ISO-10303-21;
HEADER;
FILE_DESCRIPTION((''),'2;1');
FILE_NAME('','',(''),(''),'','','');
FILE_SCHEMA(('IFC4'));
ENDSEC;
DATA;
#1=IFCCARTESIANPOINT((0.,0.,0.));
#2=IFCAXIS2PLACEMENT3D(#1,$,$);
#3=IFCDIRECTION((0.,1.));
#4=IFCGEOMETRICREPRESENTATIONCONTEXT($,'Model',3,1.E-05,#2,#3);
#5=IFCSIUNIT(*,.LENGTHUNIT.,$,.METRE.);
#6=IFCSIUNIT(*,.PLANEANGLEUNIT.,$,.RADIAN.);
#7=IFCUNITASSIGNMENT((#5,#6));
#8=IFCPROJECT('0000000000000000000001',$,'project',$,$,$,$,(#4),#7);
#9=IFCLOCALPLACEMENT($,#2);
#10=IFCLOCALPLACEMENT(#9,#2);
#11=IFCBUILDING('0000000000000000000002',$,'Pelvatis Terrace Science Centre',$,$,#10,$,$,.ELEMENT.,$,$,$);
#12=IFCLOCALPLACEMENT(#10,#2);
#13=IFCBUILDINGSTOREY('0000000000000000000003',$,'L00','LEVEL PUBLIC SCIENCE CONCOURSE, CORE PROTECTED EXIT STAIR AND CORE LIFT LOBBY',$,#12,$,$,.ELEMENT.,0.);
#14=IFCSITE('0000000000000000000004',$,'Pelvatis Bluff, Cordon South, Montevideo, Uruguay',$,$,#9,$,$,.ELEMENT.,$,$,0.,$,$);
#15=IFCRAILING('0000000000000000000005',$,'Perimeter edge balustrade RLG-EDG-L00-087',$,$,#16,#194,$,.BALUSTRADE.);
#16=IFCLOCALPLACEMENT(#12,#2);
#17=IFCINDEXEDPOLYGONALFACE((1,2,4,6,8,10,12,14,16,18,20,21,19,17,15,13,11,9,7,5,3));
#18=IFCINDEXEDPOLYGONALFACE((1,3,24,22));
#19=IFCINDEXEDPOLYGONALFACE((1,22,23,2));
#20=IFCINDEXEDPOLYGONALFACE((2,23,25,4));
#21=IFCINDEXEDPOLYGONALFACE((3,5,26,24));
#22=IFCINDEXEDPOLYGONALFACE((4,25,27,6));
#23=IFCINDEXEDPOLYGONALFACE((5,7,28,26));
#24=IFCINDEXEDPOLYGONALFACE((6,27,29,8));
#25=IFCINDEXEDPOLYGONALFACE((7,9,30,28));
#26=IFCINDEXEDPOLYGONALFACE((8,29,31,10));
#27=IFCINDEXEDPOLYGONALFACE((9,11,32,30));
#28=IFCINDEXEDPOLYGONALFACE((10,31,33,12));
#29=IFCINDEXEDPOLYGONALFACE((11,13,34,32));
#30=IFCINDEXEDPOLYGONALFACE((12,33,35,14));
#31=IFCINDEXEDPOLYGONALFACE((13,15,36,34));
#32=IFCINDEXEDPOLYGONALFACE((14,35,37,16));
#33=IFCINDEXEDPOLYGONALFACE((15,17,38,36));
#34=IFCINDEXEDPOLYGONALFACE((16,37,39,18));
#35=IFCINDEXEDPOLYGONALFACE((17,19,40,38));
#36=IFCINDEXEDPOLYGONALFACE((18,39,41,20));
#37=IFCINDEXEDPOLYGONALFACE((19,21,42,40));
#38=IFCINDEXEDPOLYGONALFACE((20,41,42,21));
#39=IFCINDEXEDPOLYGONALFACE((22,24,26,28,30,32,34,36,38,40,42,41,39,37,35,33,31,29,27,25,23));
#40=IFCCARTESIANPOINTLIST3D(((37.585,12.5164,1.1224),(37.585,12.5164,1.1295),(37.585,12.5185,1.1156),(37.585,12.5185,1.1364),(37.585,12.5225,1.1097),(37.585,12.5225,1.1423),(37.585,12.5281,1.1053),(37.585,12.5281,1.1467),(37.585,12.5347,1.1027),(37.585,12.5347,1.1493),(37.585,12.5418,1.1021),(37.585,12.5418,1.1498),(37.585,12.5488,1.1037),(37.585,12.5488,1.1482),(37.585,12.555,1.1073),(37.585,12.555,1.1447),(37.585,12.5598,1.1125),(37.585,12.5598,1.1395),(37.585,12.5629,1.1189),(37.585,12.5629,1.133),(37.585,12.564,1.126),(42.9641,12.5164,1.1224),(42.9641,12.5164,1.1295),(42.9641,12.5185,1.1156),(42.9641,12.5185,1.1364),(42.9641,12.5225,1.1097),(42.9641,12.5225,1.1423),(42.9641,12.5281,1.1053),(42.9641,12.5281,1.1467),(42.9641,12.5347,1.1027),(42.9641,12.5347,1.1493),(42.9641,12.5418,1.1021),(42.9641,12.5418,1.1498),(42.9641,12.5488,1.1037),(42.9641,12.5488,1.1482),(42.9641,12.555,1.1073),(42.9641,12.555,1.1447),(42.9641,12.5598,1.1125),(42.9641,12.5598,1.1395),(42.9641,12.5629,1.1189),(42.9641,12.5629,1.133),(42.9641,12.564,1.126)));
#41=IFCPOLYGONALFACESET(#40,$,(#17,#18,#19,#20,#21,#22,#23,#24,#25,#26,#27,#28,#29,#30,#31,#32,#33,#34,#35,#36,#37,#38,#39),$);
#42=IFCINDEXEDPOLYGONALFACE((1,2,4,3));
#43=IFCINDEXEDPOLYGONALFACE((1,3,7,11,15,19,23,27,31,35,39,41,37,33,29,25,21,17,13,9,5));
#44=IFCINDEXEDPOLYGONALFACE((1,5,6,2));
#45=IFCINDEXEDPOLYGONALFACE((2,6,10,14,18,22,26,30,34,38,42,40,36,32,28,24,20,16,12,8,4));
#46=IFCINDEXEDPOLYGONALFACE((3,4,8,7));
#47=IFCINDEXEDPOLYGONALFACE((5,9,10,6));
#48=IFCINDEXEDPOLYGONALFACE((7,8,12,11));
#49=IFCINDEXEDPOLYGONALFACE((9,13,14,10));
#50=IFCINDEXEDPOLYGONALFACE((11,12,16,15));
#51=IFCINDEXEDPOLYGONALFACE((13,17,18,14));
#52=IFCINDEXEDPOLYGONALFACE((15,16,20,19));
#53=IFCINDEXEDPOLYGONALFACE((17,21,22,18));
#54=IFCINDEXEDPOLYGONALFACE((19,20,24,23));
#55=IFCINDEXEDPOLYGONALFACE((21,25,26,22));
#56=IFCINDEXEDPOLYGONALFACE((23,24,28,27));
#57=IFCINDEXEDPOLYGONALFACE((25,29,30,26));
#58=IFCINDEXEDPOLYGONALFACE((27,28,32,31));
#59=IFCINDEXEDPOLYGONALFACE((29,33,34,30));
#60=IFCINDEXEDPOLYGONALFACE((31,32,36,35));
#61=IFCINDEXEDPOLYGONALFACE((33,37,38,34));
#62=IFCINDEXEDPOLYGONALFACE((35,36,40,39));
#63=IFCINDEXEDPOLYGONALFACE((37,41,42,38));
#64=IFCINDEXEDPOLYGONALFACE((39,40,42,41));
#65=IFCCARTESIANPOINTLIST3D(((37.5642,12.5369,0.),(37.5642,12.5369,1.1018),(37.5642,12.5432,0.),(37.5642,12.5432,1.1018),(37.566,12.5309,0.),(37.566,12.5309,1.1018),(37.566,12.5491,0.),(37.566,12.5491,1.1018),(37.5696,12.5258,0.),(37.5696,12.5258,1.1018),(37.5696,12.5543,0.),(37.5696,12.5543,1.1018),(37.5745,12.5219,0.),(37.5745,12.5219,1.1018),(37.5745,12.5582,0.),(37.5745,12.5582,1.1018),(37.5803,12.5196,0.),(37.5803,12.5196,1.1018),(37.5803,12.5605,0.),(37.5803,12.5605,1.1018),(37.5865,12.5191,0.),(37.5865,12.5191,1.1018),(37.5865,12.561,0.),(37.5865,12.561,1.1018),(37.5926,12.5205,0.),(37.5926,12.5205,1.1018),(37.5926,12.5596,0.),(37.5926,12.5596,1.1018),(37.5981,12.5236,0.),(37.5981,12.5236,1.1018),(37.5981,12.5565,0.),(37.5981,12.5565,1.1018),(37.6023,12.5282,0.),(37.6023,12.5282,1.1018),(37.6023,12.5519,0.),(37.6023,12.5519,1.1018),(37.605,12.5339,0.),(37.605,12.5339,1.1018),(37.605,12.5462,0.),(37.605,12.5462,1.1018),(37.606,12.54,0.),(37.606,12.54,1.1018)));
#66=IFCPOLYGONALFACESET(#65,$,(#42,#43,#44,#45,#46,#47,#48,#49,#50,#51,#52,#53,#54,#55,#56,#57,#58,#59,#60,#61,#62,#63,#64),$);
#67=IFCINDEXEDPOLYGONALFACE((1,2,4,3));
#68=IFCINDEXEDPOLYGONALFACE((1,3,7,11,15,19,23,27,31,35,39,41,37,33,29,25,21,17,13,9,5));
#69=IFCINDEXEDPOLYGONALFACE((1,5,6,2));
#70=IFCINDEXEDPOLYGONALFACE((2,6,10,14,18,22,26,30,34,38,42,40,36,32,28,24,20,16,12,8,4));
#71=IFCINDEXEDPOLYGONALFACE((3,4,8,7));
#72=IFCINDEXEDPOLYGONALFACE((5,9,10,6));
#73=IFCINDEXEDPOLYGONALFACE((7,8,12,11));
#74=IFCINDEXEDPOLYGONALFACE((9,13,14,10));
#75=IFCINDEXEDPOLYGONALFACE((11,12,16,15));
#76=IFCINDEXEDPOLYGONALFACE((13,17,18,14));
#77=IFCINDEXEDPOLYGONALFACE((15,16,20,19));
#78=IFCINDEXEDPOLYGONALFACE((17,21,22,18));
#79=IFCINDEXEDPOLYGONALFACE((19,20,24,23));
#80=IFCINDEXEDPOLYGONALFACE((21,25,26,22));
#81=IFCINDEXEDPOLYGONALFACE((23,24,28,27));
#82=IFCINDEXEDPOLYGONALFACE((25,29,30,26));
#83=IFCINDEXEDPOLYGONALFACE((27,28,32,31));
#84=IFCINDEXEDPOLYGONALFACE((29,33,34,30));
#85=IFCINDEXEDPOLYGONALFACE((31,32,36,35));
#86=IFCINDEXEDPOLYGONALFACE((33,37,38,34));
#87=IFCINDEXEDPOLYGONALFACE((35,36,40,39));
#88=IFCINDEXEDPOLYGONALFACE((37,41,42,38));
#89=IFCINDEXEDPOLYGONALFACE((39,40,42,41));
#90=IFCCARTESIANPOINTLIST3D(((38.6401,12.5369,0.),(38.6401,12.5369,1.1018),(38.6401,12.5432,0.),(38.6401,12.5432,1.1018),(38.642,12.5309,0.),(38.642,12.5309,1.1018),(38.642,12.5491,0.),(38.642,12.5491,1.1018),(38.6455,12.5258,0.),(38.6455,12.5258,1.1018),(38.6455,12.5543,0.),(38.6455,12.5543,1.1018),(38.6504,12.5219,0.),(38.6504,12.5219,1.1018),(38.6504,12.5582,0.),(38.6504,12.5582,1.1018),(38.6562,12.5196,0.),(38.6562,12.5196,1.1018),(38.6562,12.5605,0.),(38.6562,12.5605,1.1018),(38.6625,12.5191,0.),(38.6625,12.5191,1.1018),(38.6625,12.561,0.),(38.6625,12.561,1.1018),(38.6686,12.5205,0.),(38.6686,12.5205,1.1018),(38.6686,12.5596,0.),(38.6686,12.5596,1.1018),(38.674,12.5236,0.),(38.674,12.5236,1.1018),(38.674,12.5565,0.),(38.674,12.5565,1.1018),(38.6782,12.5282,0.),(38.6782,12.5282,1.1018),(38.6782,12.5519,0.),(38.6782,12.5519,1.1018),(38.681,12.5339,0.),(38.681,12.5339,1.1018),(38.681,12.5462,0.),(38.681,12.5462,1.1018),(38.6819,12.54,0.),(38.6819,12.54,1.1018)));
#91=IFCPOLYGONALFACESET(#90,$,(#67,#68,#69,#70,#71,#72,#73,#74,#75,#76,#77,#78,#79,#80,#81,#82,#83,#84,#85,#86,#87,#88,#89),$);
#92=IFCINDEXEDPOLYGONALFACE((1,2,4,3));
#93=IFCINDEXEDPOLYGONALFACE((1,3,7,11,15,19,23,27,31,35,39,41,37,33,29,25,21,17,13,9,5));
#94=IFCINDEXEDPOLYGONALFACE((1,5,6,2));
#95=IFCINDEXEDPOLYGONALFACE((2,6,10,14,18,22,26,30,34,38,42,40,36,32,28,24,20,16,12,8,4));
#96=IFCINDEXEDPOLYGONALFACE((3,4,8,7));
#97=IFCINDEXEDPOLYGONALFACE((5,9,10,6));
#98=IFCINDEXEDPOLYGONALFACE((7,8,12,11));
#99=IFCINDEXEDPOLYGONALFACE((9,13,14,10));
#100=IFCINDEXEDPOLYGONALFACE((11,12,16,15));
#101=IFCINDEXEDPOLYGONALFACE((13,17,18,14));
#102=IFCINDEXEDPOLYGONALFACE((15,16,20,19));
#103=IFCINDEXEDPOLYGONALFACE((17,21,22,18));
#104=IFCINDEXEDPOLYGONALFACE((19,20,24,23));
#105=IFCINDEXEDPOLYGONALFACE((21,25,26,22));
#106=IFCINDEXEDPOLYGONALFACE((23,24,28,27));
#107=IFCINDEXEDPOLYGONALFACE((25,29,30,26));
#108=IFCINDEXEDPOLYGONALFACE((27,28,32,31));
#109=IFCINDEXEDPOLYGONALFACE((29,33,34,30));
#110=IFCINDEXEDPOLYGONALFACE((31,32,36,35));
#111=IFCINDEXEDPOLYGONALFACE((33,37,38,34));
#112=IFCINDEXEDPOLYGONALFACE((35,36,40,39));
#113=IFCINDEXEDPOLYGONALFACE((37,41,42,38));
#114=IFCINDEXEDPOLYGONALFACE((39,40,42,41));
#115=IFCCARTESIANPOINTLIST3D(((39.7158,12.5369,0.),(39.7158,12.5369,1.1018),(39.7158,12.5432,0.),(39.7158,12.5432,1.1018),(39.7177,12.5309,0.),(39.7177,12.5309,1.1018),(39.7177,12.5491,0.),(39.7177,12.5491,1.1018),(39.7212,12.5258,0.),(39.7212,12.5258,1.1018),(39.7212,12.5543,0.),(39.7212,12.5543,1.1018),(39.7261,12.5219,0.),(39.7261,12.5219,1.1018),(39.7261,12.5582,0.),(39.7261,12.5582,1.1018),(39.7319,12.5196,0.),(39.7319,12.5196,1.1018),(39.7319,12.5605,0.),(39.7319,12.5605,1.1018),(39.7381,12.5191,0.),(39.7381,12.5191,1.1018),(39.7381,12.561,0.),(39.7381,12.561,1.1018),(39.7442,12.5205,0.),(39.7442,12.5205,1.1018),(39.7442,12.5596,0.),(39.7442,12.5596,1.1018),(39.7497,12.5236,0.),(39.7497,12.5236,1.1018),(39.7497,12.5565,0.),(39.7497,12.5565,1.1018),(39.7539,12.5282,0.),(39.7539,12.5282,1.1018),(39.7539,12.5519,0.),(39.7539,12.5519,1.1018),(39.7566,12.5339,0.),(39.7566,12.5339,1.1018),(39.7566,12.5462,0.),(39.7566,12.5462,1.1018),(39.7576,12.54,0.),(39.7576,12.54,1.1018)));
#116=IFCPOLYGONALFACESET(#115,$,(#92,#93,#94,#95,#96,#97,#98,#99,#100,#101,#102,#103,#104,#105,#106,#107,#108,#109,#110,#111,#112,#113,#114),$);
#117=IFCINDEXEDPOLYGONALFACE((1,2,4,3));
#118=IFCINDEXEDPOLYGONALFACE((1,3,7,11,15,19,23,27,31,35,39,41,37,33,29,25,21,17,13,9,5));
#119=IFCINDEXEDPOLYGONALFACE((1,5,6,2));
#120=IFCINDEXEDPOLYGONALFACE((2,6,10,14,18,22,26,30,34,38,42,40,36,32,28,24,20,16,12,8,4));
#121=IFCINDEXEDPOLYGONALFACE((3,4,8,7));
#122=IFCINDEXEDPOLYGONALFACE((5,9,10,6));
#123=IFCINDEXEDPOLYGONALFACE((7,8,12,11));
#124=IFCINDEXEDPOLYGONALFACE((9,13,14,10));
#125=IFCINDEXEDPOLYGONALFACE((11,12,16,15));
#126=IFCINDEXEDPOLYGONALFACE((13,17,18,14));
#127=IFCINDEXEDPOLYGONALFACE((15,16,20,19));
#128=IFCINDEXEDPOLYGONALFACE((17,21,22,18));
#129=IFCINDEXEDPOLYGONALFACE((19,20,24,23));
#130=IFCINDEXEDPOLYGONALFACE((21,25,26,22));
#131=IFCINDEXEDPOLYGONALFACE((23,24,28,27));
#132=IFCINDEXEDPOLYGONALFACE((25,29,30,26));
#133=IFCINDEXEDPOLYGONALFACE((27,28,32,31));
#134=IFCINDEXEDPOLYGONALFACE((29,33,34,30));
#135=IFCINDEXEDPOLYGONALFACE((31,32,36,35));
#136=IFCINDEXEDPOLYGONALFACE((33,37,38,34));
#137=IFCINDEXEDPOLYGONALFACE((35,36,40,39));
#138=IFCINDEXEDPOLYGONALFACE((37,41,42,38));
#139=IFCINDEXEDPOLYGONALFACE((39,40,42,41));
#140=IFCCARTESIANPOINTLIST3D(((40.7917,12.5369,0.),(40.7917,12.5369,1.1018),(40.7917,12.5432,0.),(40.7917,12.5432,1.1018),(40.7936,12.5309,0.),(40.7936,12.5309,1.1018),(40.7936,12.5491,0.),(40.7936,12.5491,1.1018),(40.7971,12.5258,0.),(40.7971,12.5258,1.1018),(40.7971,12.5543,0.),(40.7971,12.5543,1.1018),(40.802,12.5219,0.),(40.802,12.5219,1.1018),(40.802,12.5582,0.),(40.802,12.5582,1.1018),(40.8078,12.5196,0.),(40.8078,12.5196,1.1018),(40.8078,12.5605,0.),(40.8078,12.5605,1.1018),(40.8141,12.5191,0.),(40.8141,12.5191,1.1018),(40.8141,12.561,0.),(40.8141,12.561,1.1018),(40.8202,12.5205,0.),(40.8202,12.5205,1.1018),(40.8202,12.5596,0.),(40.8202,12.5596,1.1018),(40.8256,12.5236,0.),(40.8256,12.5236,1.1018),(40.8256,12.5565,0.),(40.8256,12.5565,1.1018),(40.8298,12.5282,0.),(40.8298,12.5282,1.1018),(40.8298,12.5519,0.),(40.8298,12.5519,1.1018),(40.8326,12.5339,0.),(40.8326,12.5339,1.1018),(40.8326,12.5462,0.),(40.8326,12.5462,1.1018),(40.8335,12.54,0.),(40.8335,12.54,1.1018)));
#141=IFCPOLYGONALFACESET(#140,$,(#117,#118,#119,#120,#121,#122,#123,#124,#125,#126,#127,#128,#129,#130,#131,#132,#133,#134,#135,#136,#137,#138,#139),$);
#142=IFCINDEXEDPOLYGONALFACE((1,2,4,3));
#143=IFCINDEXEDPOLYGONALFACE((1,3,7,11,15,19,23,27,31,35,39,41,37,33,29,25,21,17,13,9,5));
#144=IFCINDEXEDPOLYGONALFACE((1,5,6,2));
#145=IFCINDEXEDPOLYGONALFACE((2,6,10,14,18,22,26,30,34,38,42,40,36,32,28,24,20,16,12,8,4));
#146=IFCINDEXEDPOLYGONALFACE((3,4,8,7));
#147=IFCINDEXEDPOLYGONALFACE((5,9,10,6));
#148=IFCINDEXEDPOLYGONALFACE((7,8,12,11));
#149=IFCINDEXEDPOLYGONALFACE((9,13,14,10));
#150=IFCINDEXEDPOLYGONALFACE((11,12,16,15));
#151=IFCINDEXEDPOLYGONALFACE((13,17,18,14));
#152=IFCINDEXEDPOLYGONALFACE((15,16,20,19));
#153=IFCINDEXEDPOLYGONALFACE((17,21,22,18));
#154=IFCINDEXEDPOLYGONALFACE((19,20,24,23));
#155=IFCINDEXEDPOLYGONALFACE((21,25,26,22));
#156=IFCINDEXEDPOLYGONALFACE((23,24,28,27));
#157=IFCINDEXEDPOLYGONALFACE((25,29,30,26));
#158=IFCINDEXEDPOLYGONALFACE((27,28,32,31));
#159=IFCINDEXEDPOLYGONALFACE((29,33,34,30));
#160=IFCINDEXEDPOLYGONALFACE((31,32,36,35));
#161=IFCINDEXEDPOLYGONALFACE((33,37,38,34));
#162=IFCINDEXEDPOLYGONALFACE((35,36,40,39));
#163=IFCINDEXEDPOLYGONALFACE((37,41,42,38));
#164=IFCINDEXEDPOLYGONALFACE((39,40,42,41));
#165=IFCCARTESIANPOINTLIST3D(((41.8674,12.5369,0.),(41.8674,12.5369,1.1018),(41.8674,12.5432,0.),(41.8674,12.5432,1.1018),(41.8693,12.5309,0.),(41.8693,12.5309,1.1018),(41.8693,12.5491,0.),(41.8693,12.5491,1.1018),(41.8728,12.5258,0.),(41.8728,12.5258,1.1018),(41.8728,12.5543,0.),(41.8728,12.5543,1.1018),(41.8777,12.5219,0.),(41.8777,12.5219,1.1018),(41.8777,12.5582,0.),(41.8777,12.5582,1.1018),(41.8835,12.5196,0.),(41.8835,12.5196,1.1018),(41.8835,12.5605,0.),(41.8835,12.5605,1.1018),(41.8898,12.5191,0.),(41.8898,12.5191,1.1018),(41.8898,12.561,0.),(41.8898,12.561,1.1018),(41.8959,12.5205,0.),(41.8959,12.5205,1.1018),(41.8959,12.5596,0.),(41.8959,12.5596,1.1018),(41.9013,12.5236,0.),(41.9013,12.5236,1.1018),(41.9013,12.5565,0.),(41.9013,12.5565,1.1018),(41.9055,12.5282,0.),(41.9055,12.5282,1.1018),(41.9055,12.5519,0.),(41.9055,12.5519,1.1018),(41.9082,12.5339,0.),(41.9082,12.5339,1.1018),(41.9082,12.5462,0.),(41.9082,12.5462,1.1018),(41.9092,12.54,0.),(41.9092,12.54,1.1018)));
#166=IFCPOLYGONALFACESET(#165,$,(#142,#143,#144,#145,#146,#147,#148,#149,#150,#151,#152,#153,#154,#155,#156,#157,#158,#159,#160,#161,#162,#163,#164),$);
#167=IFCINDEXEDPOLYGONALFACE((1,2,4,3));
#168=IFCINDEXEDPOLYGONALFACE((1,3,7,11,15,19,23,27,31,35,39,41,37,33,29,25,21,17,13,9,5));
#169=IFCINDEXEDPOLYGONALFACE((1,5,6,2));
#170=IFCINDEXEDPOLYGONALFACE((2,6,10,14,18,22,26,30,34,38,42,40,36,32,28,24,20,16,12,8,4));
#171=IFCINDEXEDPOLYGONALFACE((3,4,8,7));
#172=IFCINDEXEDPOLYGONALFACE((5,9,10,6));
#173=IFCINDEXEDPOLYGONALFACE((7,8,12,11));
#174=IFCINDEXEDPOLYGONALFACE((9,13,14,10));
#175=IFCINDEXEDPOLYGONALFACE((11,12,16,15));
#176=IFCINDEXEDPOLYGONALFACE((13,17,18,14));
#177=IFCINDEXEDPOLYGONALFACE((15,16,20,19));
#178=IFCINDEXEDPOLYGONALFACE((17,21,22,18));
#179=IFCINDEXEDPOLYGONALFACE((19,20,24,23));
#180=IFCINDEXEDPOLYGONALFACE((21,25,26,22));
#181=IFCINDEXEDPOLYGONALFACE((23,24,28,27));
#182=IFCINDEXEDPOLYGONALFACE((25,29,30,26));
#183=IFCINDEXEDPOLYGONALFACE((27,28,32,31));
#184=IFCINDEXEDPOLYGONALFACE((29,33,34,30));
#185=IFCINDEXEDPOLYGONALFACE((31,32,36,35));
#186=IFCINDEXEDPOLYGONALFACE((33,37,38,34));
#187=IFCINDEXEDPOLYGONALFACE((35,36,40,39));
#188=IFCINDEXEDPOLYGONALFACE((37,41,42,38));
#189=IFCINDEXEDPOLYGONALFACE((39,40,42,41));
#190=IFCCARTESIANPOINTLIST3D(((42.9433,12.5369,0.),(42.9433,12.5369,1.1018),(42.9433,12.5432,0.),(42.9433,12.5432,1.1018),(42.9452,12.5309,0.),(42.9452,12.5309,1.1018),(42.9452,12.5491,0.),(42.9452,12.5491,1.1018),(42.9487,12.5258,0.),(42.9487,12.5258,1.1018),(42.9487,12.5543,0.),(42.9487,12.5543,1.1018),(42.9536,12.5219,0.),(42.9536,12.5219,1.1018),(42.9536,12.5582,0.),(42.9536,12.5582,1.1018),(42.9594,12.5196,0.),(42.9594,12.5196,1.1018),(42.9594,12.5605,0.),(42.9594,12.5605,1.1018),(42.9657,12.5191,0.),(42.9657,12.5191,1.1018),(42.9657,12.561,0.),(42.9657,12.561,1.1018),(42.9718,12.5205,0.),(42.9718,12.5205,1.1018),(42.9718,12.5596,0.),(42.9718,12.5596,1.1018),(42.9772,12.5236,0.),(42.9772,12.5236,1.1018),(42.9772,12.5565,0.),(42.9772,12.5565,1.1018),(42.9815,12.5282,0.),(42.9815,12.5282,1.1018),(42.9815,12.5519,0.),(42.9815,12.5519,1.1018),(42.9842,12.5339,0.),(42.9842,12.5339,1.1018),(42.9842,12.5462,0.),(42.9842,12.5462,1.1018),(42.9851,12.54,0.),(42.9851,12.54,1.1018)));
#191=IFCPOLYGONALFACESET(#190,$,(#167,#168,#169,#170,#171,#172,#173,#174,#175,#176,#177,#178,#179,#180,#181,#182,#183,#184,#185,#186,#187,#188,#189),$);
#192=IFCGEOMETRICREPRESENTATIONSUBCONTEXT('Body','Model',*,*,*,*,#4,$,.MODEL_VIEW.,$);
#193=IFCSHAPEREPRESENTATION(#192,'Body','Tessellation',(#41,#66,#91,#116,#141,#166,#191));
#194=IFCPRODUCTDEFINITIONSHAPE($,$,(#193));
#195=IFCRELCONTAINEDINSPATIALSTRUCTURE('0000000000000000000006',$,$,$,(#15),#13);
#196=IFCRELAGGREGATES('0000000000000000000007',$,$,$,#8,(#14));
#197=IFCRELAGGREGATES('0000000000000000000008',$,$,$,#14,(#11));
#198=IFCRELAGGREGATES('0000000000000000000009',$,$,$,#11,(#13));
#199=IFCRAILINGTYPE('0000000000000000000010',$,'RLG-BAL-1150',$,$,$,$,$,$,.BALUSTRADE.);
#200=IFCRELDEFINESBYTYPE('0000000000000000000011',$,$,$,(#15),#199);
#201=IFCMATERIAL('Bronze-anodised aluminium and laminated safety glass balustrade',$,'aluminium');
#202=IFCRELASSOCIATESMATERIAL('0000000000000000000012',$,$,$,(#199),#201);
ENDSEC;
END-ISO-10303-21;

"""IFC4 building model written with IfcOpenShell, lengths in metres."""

from ifc_helpers import new_model, si_unit, direction, frame, origin, origin_2d, place, context, subcontext, project, spatial, circle, extrude, material, type_object, element, save


model = new_model("IFC4")

# Units and contexts
model_context = context("Model", 3, precision=1e-05, world=origin(), true_north=direction((0.0, 1.0)))
body_context = subcontext(model_context, "Body", "Model", "MODEL_VIEW")
ifc_project = project(units=[si_unit("LENGTHUNIT", "METRE"), si_unit("PLANEANGLEUNIT", "RADIAN")], contexts=[model_context])

# Site, building, storey
site_placement = place(None, origin())
site = spatial("IfcSite", under=ifc_project, at=site_placement, Name="Pelvatis Bluff, Cordon South, Montevideo, Uruguay", CompositionType="ELEMENT", RefElevation=0.0)
building_placement = place(site_placement, origin())
building = spatial("IfcBuilding", under=site, at=building_placement, Name="Pelvatis Terrace Science Centre", CompositionType="ELEMENT")
storey_placement = place(building_placement, origin())
storey = spatial("IfcBuildingStorey", under=building, at=storey_placement, Name="L00", Description="LEVEL PUBLIC SCIENCE CONCOURSE, CORE PROTECTED EXIT STAIR AND CORE LIFT LOBBY", CompositionType="ELEMENT", Elevation=0.0)

# Railing
ifc_material_1 = material(Name="Bronze-anodised aluminium and laminated safety glass balustrade", Category="aluminium")
railing_type = type_object("IfcRailingType", Name="RLG-BAL-1150", PredefinedType="BALUSTRADE", material=ifc_material_1)
railing_1_placement = place(storey_placement, frame((37.585, 12.54, 0.0)))
element("IfcRailing", 1, at=railing_1_placement, inside=storey, type_object=railing_type, Name="Perimeter edge balustrade RLG-EDG-L00-087", PredefinedType="BALUSTRADE", context=body_context, shape_type="SweptSolid", body=[
    extrude(circle(Radius=0.0239, at=origin_2d()), frame((0.0, 0.0, 1.126), z_axis=(1.0, 0.0, 0.0), x_axis=(0.0, 1.0, 0.0)), (0.0, 0.0, 1.0), 5.3792),
    extrude(circle(Radius=0.021, at=origin_2d()), origin(), (0.0, 0.0, 1.0), 1.1018),
    extrude(circle(Radius=0.021, at=origin_2d()), frame((1.0759, 0.0, 0.0)), (0.0, 0.0, 1.0), 1.1018),
    extrude(circle(Radius=0.021, at=origin_2d()), frame((2.1516, 0.0, 0.0)), (0.0, 0.0, 1.0), 1.1018),
    extrude(circle(Radius=0.021, at=origin_2d()), frame((3.2275, 0.0, 0.0)), (0.0, 0.0, 1.0), 1.1018),
    extrude(circle(Radius=0.021, at=origin_2d()), frame((4.3032, 0.0, 0.0)), (0.0, 0.0, 1.0), 1.1018),
    extrude(circle(Radius=0.021, at=origin_2d()), frame((5.3792, 0.0, 0.0)), (0.0, 0.0, 1.0), 1.1018),
])

save(model, "model.ifc")
